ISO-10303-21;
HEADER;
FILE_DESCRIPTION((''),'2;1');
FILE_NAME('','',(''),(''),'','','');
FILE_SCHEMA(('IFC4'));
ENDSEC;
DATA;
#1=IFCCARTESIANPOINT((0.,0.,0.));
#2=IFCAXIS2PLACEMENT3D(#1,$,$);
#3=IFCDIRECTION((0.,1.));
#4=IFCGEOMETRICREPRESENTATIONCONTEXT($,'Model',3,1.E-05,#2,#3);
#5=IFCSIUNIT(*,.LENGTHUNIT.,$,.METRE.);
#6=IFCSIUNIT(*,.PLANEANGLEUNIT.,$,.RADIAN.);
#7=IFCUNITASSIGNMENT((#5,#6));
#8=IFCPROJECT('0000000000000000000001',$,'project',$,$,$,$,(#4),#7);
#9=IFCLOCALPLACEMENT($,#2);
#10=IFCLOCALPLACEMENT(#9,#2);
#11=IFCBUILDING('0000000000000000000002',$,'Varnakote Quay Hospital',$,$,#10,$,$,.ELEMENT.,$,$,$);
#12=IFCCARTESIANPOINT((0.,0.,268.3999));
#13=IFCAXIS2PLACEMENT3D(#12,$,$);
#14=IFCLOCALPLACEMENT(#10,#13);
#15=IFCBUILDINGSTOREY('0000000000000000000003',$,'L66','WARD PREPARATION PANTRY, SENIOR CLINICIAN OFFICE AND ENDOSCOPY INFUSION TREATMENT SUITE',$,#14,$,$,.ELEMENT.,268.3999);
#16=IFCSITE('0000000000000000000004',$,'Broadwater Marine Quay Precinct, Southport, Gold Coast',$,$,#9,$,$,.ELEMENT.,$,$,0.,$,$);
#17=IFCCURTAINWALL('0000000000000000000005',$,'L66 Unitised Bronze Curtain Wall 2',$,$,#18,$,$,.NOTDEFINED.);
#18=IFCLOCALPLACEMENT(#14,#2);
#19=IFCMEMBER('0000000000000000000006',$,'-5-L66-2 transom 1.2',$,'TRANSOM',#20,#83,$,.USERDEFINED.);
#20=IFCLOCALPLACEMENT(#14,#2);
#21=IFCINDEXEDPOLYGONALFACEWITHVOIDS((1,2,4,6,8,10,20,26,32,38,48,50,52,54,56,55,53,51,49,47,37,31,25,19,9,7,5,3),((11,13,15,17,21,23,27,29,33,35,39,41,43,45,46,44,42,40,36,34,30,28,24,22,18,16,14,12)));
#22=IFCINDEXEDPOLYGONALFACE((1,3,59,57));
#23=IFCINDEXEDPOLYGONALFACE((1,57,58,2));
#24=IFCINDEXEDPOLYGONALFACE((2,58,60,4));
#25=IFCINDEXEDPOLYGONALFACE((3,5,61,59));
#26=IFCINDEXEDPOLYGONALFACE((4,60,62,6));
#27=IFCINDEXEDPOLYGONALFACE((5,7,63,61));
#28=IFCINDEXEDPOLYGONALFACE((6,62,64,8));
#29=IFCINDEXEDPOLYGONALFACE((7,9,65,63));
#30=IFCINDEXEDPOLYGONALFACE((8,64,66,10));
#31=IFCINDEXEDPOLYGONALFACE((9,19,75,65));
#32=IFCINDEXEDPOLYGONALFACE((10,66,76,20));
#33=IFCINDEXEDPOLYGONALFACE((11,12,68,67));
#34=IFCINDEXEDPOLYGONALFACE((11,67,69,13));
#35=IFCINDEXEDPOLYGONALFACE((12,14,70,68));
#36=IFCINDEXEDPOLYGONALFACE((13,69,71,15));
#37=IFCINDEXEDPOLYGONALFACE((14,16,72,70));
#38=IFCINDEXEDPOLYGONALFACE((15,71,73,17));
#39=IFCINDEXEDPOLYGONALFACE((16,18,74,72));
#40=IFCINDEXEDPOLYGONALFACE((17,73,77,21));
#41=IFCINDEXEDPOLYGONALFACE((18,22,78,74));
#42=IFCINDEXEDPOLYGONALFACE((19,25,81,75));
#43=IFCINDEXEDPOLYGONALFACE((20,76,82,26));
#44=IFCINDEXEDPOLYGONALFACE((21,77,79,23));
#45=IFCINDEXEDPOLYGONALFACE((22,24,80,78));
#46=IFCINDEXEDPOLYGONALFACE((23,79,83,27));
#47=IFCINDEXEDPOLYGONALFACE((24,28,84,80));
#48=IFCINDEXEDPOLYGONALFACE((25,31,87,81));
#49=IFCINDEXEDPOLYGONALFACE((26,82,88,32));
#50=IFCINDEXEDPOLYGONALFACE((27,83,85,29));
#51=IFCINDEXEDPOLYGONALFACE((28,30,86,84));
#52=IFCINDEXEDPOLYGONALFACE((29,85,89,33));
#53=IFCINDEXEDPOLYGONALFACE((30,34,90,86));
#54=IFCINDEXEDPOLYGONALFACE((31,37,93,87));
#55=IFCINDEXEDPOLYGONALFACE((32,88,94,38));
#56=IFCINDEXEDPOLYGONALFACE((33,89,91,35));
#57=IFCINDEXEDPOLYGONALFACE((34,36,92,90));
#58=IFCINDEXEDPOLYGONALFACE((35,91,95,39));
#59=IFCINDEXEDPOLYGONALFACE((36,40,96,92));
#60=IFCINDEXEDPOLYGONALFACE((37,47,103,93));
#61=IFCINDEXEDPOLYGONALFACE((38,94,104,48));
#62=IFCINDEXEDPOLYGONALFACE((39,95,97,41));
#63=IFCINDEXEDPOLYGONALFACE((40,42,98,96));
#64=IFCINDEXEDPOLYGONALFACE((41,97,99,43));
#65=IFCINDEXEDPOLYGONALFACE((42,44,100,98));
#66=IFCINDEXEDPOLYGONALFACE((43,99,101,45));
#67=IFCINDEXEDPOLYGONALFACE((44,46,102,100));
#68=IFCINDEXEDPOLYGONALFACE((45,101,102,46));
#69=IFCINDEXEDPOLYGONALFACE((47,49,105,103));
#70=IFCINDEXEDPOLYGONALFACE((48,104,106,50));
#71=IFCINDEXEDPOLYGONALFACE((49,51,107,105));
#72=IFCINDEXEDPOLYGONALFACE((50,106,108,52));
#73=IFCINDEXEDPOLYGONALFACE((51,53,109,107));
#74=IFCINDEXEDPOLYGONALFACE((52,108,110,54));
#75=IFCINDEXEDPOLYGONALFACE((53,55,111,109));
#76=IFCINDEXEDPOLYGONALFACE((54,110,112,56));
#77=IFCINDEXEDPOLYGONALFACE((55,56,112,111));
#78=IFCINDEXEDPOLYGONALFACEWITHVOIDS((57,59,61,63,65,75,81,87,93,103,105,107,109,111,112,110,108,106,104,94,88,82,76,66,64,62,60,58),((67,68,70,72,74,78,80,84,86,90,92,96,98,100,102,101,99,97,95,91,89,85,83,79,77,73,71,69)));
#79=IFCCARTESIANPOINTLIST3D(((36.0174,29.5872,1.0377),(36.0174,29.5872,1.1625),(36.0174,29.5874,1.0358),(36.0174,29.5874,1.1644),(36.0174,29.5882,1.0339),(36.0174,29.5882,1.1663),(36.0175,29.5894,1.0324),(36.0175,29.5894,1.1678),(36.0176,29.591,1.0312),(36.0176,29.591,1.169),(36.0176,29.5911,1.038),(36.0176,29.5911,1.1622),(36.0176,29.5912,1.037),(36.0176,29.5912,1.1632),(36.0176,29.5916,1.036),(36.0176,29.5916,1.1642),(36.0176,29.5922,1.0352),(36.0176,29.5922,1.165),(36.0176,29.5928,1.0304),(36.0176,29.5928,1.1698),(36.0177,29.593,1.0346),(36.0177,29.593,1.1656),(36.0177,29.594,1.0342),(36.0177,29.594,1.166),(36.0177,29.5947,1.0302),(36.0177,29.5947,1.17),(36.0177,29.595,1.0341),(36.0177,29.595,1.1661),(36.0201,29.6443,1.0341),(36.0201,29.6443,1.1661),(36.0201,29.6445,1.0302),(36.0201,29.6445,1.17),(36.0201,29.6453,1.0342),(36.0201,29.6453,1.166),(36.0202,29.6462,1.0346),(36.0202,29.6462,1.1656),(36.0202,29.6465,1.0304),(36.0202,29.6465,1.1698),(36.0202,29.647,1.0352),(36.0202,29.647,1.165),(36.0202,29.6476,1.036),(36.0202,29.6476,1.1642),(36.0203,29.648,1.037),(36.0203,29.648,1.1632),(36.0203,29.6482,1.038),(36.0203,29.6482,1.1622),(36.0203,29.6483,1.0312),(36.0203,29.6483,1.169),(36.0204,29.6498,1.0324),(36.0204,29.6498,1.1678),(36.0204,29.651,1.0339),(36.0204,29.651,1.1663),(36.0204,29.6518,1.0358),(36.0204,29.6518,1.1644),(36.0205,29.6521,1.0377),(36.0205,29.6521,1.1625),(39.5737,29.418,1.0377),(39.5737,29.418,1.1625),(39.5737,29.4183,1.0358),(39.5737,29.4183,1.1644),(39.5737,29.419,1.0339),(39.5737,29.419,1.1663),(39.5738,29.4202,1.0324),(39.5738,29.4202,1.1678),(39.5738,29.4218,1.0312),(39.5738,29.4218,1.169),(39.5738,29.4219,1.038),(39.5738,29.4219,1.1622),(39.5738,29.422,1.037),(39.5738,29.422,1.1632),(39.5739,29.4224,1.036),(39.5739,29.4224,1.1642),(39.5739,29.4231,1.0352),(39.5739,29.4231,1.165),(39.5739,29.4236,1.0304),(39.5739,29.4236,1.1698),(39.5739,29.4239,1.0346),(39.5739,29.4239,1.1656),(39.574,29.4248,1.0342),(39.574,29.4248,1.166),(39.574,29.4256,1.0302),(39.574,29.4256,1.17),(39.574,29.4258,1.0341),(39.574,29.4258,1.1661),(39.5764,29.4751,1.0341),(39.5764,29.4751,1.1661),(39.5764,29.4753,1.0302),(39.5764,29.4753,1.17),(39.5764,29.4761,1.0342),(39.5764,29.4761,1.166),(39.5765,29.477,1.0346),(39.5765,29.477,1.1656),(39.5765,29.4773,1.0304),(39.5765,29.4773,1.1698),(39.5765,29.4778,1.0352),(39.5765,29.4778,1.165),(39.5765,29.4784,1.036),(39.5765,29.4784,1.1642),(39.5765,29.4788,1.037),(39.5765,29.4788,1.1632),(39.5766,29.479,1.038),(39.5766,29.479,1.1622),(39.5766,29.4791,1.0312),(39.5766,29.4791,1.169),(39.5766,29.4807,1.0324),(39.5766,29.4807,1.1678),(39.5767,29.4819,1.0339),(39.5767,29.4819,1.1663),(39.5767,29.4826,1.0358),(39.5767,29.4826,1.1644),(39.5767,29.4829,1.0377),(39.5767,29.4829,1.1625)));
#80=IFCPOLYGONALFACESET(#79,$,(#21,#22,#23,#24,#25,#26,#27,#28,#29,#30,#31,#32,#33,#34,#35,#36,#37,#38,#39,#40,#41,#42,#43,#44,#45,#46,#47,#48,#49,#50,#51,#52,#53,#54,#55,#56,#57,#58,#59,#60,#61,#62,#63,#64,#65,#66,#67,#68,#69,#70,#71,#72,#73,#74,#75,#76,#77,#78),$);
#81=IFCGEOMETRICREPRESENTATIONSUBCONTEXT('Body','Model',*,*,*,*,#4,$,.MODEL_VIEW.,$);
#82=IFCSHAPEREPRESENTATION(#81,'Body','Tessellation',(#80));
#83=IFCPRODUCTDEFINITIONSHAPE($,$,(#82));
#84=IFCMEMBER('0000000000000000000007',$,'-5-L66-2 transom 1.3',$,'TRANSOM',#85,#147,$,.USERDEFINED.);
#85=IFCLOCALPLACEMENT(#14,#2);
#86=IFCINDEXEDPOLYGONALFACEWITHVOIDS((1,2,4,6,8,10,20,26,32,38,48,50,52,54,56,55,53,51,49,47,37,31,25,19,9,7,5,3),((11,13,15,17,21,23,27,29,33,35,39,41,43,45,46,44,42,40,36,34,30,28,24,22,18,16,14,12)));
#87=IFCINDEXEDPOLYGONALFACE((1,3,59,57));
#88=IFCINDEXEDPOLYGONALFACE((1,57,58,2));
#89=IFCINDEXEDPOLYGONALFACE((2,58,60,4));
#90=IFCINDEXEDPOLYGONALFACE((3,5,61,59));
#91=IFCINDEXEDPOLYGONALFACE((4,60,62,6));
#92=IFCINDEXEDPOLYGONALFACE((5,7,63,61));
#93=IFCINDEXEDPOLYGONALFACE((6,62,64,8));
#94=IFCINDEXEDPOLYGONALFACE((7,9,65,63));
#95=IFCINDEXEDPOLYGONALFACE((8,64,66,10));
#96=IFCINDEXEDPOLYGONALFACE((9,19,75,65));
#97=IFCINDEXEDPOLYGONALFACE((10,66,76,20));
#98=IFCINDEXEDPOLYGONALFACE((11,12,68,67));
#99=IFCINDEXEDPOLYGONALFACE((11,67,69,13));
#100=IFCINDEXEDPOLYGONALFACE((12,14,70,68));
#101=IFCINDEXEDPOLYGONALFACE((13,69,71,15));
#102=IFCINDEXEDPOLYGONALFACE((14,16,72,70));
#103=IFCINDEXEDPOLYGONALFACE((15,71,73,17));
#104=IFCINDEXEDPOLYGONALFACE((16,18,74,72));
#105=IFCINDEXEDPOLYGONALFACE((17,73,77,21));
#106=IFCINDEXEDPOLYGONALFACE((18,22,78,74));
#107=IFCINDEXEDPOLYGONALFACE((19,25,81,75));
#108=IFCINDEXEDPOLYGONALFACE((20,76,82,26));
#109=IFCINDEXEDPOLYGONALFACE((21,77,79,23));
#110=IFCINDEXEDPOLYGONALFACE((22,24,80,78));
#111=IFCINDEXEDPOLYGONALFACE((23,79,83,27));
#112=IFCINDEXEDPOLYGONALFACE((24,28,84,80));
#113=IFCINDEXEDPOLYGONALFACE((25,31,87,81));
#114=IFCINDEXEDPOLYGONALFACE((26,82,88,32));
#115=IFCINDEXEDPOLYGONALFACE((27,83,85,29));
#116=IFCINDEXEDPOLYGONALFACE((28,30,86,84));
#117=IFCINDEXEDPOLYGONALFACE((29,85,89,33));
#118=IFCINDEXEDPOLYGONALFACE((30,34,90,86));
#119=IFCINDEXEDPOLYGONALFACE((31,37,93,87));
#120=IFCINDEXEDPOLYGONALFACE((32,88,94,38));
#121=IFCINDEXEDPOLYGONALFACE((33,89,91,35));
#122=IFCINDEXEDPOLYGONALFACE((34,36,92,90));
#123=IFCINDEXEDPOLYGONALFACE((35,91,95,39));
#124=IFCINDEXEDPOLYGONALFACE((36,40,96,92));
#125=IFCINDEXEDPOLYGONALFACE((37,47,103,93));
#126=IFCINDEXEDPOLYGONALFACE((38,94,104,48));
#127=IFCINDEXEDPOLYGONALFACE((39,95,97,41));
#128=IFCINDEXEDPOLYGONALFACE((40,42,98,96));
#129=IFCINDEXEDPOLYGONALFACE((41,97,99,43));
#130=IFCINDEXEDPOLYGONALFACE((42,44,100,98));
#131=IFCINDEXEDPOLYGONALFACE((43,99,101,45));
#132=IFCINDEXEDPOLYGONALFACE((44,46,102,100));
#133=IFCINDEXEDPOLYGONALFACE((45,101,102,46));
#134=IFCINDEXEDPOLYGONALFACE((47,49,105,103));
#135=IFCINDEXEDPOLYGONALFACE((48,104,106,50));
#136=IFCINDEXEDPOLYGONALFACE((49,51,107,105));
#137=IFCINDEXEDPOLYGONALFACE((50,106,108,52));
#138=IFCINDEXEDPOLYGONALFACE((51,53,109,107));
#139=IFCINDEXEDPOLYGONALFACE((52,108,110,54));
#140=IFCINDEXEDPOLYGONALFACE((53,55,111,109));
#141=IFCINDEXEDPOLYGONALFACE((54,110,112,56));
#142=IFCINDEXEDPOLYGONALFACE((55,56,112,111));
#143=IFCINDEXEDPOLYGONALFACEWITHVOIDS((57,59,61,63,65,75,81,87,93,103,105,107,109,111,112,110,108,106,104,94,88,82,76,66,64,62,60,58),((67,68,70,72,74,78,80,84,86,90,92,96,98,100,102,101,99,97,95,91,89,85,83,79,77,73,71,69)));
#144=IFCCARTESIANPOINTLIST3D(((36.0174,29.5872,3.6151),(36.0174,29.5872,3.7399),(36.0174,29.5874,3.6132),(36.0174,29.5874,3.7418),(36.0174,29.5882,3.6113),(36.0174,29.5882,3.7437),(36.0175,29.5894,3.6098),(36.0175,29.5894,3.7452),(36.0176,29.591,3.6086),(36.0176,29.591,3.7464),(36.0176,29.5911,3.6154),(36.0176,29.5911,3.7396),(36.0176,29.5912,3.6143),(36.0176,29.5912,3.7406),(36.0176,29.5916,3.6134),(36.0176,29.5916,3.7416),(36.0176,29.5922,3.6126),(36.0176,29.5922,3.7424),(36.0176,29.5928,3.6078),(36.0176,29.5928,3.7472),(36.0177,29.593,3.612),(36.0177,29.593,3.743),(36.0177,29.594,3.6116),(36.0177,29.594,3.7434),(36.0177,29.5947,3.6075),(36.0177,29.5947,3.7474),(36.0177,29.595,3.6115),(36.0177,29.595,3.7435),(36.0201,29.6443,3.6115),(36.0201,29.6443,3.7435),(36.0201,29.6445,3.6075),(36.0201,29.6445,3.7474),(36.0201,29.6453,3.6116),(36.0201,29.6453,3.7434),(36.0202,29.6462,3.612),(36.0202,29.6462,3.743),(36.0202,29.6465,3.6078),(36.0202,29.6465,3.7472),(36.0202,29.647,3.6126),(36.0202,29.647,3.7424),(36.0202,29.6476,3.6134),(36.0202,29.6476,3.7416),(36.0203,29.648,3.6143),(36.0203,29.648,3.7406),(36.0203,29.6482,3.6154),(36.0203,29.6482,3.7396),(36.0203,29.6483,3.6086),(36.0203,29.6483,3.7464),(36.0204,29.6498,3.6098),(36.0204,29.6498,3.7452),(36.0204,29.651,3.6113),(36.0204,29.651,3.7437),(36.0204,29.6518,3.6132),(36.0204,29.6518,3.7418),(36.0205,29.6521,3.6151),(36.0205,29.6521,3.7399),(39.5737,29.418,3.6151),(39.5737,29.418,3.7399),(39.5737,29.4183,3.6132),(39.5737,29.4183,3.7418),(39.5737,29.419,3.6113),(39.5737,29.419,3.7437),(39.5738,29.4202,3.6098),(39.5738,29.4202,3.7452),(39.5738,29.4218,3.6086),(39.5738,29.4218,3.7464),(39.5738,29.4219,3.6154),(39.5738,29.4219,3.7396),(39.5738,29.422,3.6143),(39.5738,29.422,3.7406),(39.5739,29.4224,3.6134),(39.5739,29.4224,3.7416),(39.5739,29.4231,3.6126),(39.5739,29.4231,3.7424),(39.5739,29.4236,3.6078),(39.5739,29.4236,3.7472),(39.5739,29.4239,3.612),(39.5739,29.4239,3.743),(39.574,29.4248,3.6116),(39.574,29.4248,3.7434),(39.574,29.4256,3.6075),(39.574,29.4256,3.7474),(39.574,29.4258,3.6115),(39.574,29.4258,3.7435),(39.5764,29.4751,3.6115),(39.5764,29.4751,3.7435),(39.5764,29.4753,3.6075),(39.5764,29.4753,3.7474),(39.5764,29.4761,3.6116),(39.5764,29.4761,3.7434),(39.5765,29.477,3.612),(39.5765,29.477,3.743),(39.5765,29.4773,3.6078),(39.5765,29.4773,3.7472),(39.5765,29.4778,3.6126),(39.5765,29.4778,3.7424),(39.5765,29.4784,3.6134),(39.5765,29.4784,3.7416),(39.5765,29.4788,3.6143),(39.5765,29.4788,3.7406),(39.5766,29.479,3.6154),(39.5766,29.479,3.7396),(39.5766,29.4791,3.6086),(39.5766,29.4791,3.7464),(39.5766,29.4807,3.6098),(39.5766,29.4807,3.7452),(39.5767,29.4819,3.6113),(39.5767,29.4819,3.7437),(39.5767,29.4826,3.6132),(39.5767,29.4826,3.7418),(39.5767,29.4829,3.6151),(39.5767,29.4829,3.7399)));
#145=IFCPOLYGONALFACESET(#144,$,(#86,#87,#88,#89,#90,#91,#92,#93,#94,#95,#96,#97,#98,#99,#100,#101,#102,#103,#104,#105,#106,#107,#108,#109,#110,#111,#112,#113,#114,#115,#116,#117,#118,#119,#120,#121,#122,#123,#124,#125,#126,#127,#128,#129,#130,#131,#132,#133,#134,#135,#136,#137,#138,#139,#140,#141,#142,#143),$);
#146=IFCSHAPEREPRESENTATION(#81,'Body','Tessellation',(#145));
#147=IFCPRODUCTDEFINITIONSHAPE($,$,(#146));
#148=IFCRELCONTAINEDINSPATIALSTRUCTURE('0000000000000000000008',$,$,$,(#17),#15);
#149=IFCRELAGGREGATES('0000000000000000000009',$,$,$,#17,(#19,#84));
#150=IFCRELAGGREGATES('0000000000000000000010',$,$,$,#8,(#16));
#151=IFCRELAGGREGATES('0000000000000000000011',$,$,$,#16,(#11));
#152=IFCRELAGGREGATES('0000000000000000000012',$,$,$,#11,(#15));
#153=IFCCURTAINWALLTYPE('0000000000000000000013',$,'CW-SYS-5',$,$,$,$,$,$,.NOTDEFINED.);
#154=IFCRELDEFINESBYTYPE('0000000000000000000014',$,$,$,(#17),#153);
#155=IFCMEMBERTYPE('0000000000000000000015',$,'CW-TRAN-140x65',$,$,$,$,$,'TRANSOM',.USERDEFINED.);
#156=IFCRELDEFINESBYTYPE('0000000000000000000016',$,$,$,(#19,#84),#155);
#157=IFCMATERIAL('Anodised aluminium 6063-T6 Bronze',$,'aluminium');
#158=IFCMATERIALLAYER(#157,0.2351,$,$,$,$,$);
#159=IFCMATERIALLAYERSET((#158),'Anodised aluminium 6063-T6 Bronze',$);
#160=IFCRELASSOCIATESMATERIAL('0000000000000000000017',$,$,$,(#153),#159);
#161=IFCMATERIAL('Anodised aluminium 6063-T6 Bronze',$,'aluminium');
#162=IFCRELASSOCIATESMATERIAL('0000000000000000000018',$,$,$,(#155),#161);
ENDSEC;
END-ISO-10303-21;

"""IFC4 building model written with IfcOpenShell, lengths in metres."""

from ifc_helpers import new_model, si_unit, direction, frame, origin, origin_2d, place, context, subcontext, project, spatial, hollow_rectangle, extrude, material, layer, layer_set, material_profile, profile_set, type_object, element, aggregate, save


model = new_model("IFC4")

# Units and contexts
model_context = context("Model", 3, precision=1e-05, world=origin(), true_north=direction((0.0, 1.0)))
body_context = subcontext(model_context, "Body", "Model", "MODEL_VIEW")
ifc_project = project(units=[si_unit("LENGTHUNIT", "METRE"), si_unit("PLANEANGLEUNIT", "RADIAN")], contexts=[model_context])

# Site, building, storey
site_placement = place(None, origin())
site = spatial("IfcSite", under=ifc_project, at=site_placement, Name="Broadwater Marine Quay Precinct, Southport, Gold Coast", CompositionType="ELEMENT", RefElevation=0.0)
building_placement = place(site_placement, origin())
building = spatial("IfcBuilding", under=site, at=building_placement, Name="Varnakote Quay Hospital", CompositionType="ELEMENT")
storey_placement = place(building_placement, frame((0.0, 0.0, 268.3999)))
storey = spatial("IfcBuildingStorey", under=building, at=storey_placement, Name="L66", Description="WARD PREPARATION PANTRY, SENIOR CLINICIAN OFFICE AND ENDOSCOPY INFUSION TREATMENT SUITE", CompositionType="ELEMENT", Elevation=268.3999)

# Curtain wall
ifc_material_1 = material(Name="Anodised aluminium 6063-T6 Bronze", Category="aluminium")
ifc_layer_1 = layer(ifc_material_1, 0.2351)
ifc_layer_set_1 = layer_set([ifc_layer_1], Name="Anodised aluminium 6063-T6 Bronze")
curtain_wall_type = type_object("IfcCurtainWallType", Name="CW-SYS-5", PredefinedType="NOTDEFINED", material=ifc_layer_set_1)
curtain_wall_1_placement = place(storey_placement, origin())
curtain_wall_1 = element("IfcCurtainWall", 1, at=curtain_wall_1_placement, inside=storey, type_object=curtain_wall_type, Name="L66 Unitised Bronze Curtain Wall 2", PredefinedType="NOTDEFINED")

# Members
ifc_material_2 = material(Name="Anodised aluminium 6063-T6 Bronze", Category="aluminium")
ifc_material_profile_1 = material_profile(ifc_material_2, hollow_rectangle(XDim=0.0649, YDim=0.1399, WallThickness=0.0039, InnerFilletRadius=0.0039, OuterFilletRadius=0.0076, at=origin_2d()), Name="CW-TRAN-140x65")
ifc_profile_set_1 = profile_set([ifc_material_profile_1], Name="Anodised aluminium 6063-T6 Bronze")
member_type_1 = type_object("IfcMemberType", Name="CW-TRAN-140x65", ElementType="TRANSOM", PredefinedType="USERDEFINED", material=ifc_profile_set_1)
member_1_placement = place(storey_placement, frame((39.5752, 29.4504, 1.1001), z_axis=(-0.99887, 0.04752, 0.0), x_axis=(-0.04752, -0.99887, 0.0)))
member_1 = element("IfcMember", 2, at=member_1_placement, type_object=member_type_1, Name="-5-L66-2 transom 1.2", ObjectType="TRANSOM", PredefinedType="USERDEFINED", context=body_context, shape_type="SweptSolid", body=[
    extrude(hollow_rectangle(XDim=0.0649, YDim=0.1399, WallThickness=0.0039, InnerFilletRadius=0.0039, OuterFilletRadius=0.0076, at=origin_2d()), origin(), (0.0, 0.0, 1.0), 3.5603),
])
member_2_placement = place(storey_placement, frame((39.5752, 29.4504, 3.6775), z_axis=(-0.99887, 0.04752, 0.0), x_axis=(-0.04752, -0.99887, 0.0)))
member_2 = element("IfcMember", 3, at=member_2_placement, type_object=member_type_1, Name="-5-L66-2 transom 1.3", ObjectType="TRANSOM", PredefinedType="USERDEFINED", context=body_context, shape_type="SweptSolid", body=[
    extrude(hollow_rectangle(XDim=0.0649, YDim=0.1399, WallThickness=0.0039, InnerFilletRadius=0.0039, OuterFilletRadius=0.0076, at=origin_2d()), origin(), (0.0, 0.0, 1.0), 3.5603),
])

aggregate(curtain_wall_1, [member_1, member_2])

save(model, "model.ifc")
